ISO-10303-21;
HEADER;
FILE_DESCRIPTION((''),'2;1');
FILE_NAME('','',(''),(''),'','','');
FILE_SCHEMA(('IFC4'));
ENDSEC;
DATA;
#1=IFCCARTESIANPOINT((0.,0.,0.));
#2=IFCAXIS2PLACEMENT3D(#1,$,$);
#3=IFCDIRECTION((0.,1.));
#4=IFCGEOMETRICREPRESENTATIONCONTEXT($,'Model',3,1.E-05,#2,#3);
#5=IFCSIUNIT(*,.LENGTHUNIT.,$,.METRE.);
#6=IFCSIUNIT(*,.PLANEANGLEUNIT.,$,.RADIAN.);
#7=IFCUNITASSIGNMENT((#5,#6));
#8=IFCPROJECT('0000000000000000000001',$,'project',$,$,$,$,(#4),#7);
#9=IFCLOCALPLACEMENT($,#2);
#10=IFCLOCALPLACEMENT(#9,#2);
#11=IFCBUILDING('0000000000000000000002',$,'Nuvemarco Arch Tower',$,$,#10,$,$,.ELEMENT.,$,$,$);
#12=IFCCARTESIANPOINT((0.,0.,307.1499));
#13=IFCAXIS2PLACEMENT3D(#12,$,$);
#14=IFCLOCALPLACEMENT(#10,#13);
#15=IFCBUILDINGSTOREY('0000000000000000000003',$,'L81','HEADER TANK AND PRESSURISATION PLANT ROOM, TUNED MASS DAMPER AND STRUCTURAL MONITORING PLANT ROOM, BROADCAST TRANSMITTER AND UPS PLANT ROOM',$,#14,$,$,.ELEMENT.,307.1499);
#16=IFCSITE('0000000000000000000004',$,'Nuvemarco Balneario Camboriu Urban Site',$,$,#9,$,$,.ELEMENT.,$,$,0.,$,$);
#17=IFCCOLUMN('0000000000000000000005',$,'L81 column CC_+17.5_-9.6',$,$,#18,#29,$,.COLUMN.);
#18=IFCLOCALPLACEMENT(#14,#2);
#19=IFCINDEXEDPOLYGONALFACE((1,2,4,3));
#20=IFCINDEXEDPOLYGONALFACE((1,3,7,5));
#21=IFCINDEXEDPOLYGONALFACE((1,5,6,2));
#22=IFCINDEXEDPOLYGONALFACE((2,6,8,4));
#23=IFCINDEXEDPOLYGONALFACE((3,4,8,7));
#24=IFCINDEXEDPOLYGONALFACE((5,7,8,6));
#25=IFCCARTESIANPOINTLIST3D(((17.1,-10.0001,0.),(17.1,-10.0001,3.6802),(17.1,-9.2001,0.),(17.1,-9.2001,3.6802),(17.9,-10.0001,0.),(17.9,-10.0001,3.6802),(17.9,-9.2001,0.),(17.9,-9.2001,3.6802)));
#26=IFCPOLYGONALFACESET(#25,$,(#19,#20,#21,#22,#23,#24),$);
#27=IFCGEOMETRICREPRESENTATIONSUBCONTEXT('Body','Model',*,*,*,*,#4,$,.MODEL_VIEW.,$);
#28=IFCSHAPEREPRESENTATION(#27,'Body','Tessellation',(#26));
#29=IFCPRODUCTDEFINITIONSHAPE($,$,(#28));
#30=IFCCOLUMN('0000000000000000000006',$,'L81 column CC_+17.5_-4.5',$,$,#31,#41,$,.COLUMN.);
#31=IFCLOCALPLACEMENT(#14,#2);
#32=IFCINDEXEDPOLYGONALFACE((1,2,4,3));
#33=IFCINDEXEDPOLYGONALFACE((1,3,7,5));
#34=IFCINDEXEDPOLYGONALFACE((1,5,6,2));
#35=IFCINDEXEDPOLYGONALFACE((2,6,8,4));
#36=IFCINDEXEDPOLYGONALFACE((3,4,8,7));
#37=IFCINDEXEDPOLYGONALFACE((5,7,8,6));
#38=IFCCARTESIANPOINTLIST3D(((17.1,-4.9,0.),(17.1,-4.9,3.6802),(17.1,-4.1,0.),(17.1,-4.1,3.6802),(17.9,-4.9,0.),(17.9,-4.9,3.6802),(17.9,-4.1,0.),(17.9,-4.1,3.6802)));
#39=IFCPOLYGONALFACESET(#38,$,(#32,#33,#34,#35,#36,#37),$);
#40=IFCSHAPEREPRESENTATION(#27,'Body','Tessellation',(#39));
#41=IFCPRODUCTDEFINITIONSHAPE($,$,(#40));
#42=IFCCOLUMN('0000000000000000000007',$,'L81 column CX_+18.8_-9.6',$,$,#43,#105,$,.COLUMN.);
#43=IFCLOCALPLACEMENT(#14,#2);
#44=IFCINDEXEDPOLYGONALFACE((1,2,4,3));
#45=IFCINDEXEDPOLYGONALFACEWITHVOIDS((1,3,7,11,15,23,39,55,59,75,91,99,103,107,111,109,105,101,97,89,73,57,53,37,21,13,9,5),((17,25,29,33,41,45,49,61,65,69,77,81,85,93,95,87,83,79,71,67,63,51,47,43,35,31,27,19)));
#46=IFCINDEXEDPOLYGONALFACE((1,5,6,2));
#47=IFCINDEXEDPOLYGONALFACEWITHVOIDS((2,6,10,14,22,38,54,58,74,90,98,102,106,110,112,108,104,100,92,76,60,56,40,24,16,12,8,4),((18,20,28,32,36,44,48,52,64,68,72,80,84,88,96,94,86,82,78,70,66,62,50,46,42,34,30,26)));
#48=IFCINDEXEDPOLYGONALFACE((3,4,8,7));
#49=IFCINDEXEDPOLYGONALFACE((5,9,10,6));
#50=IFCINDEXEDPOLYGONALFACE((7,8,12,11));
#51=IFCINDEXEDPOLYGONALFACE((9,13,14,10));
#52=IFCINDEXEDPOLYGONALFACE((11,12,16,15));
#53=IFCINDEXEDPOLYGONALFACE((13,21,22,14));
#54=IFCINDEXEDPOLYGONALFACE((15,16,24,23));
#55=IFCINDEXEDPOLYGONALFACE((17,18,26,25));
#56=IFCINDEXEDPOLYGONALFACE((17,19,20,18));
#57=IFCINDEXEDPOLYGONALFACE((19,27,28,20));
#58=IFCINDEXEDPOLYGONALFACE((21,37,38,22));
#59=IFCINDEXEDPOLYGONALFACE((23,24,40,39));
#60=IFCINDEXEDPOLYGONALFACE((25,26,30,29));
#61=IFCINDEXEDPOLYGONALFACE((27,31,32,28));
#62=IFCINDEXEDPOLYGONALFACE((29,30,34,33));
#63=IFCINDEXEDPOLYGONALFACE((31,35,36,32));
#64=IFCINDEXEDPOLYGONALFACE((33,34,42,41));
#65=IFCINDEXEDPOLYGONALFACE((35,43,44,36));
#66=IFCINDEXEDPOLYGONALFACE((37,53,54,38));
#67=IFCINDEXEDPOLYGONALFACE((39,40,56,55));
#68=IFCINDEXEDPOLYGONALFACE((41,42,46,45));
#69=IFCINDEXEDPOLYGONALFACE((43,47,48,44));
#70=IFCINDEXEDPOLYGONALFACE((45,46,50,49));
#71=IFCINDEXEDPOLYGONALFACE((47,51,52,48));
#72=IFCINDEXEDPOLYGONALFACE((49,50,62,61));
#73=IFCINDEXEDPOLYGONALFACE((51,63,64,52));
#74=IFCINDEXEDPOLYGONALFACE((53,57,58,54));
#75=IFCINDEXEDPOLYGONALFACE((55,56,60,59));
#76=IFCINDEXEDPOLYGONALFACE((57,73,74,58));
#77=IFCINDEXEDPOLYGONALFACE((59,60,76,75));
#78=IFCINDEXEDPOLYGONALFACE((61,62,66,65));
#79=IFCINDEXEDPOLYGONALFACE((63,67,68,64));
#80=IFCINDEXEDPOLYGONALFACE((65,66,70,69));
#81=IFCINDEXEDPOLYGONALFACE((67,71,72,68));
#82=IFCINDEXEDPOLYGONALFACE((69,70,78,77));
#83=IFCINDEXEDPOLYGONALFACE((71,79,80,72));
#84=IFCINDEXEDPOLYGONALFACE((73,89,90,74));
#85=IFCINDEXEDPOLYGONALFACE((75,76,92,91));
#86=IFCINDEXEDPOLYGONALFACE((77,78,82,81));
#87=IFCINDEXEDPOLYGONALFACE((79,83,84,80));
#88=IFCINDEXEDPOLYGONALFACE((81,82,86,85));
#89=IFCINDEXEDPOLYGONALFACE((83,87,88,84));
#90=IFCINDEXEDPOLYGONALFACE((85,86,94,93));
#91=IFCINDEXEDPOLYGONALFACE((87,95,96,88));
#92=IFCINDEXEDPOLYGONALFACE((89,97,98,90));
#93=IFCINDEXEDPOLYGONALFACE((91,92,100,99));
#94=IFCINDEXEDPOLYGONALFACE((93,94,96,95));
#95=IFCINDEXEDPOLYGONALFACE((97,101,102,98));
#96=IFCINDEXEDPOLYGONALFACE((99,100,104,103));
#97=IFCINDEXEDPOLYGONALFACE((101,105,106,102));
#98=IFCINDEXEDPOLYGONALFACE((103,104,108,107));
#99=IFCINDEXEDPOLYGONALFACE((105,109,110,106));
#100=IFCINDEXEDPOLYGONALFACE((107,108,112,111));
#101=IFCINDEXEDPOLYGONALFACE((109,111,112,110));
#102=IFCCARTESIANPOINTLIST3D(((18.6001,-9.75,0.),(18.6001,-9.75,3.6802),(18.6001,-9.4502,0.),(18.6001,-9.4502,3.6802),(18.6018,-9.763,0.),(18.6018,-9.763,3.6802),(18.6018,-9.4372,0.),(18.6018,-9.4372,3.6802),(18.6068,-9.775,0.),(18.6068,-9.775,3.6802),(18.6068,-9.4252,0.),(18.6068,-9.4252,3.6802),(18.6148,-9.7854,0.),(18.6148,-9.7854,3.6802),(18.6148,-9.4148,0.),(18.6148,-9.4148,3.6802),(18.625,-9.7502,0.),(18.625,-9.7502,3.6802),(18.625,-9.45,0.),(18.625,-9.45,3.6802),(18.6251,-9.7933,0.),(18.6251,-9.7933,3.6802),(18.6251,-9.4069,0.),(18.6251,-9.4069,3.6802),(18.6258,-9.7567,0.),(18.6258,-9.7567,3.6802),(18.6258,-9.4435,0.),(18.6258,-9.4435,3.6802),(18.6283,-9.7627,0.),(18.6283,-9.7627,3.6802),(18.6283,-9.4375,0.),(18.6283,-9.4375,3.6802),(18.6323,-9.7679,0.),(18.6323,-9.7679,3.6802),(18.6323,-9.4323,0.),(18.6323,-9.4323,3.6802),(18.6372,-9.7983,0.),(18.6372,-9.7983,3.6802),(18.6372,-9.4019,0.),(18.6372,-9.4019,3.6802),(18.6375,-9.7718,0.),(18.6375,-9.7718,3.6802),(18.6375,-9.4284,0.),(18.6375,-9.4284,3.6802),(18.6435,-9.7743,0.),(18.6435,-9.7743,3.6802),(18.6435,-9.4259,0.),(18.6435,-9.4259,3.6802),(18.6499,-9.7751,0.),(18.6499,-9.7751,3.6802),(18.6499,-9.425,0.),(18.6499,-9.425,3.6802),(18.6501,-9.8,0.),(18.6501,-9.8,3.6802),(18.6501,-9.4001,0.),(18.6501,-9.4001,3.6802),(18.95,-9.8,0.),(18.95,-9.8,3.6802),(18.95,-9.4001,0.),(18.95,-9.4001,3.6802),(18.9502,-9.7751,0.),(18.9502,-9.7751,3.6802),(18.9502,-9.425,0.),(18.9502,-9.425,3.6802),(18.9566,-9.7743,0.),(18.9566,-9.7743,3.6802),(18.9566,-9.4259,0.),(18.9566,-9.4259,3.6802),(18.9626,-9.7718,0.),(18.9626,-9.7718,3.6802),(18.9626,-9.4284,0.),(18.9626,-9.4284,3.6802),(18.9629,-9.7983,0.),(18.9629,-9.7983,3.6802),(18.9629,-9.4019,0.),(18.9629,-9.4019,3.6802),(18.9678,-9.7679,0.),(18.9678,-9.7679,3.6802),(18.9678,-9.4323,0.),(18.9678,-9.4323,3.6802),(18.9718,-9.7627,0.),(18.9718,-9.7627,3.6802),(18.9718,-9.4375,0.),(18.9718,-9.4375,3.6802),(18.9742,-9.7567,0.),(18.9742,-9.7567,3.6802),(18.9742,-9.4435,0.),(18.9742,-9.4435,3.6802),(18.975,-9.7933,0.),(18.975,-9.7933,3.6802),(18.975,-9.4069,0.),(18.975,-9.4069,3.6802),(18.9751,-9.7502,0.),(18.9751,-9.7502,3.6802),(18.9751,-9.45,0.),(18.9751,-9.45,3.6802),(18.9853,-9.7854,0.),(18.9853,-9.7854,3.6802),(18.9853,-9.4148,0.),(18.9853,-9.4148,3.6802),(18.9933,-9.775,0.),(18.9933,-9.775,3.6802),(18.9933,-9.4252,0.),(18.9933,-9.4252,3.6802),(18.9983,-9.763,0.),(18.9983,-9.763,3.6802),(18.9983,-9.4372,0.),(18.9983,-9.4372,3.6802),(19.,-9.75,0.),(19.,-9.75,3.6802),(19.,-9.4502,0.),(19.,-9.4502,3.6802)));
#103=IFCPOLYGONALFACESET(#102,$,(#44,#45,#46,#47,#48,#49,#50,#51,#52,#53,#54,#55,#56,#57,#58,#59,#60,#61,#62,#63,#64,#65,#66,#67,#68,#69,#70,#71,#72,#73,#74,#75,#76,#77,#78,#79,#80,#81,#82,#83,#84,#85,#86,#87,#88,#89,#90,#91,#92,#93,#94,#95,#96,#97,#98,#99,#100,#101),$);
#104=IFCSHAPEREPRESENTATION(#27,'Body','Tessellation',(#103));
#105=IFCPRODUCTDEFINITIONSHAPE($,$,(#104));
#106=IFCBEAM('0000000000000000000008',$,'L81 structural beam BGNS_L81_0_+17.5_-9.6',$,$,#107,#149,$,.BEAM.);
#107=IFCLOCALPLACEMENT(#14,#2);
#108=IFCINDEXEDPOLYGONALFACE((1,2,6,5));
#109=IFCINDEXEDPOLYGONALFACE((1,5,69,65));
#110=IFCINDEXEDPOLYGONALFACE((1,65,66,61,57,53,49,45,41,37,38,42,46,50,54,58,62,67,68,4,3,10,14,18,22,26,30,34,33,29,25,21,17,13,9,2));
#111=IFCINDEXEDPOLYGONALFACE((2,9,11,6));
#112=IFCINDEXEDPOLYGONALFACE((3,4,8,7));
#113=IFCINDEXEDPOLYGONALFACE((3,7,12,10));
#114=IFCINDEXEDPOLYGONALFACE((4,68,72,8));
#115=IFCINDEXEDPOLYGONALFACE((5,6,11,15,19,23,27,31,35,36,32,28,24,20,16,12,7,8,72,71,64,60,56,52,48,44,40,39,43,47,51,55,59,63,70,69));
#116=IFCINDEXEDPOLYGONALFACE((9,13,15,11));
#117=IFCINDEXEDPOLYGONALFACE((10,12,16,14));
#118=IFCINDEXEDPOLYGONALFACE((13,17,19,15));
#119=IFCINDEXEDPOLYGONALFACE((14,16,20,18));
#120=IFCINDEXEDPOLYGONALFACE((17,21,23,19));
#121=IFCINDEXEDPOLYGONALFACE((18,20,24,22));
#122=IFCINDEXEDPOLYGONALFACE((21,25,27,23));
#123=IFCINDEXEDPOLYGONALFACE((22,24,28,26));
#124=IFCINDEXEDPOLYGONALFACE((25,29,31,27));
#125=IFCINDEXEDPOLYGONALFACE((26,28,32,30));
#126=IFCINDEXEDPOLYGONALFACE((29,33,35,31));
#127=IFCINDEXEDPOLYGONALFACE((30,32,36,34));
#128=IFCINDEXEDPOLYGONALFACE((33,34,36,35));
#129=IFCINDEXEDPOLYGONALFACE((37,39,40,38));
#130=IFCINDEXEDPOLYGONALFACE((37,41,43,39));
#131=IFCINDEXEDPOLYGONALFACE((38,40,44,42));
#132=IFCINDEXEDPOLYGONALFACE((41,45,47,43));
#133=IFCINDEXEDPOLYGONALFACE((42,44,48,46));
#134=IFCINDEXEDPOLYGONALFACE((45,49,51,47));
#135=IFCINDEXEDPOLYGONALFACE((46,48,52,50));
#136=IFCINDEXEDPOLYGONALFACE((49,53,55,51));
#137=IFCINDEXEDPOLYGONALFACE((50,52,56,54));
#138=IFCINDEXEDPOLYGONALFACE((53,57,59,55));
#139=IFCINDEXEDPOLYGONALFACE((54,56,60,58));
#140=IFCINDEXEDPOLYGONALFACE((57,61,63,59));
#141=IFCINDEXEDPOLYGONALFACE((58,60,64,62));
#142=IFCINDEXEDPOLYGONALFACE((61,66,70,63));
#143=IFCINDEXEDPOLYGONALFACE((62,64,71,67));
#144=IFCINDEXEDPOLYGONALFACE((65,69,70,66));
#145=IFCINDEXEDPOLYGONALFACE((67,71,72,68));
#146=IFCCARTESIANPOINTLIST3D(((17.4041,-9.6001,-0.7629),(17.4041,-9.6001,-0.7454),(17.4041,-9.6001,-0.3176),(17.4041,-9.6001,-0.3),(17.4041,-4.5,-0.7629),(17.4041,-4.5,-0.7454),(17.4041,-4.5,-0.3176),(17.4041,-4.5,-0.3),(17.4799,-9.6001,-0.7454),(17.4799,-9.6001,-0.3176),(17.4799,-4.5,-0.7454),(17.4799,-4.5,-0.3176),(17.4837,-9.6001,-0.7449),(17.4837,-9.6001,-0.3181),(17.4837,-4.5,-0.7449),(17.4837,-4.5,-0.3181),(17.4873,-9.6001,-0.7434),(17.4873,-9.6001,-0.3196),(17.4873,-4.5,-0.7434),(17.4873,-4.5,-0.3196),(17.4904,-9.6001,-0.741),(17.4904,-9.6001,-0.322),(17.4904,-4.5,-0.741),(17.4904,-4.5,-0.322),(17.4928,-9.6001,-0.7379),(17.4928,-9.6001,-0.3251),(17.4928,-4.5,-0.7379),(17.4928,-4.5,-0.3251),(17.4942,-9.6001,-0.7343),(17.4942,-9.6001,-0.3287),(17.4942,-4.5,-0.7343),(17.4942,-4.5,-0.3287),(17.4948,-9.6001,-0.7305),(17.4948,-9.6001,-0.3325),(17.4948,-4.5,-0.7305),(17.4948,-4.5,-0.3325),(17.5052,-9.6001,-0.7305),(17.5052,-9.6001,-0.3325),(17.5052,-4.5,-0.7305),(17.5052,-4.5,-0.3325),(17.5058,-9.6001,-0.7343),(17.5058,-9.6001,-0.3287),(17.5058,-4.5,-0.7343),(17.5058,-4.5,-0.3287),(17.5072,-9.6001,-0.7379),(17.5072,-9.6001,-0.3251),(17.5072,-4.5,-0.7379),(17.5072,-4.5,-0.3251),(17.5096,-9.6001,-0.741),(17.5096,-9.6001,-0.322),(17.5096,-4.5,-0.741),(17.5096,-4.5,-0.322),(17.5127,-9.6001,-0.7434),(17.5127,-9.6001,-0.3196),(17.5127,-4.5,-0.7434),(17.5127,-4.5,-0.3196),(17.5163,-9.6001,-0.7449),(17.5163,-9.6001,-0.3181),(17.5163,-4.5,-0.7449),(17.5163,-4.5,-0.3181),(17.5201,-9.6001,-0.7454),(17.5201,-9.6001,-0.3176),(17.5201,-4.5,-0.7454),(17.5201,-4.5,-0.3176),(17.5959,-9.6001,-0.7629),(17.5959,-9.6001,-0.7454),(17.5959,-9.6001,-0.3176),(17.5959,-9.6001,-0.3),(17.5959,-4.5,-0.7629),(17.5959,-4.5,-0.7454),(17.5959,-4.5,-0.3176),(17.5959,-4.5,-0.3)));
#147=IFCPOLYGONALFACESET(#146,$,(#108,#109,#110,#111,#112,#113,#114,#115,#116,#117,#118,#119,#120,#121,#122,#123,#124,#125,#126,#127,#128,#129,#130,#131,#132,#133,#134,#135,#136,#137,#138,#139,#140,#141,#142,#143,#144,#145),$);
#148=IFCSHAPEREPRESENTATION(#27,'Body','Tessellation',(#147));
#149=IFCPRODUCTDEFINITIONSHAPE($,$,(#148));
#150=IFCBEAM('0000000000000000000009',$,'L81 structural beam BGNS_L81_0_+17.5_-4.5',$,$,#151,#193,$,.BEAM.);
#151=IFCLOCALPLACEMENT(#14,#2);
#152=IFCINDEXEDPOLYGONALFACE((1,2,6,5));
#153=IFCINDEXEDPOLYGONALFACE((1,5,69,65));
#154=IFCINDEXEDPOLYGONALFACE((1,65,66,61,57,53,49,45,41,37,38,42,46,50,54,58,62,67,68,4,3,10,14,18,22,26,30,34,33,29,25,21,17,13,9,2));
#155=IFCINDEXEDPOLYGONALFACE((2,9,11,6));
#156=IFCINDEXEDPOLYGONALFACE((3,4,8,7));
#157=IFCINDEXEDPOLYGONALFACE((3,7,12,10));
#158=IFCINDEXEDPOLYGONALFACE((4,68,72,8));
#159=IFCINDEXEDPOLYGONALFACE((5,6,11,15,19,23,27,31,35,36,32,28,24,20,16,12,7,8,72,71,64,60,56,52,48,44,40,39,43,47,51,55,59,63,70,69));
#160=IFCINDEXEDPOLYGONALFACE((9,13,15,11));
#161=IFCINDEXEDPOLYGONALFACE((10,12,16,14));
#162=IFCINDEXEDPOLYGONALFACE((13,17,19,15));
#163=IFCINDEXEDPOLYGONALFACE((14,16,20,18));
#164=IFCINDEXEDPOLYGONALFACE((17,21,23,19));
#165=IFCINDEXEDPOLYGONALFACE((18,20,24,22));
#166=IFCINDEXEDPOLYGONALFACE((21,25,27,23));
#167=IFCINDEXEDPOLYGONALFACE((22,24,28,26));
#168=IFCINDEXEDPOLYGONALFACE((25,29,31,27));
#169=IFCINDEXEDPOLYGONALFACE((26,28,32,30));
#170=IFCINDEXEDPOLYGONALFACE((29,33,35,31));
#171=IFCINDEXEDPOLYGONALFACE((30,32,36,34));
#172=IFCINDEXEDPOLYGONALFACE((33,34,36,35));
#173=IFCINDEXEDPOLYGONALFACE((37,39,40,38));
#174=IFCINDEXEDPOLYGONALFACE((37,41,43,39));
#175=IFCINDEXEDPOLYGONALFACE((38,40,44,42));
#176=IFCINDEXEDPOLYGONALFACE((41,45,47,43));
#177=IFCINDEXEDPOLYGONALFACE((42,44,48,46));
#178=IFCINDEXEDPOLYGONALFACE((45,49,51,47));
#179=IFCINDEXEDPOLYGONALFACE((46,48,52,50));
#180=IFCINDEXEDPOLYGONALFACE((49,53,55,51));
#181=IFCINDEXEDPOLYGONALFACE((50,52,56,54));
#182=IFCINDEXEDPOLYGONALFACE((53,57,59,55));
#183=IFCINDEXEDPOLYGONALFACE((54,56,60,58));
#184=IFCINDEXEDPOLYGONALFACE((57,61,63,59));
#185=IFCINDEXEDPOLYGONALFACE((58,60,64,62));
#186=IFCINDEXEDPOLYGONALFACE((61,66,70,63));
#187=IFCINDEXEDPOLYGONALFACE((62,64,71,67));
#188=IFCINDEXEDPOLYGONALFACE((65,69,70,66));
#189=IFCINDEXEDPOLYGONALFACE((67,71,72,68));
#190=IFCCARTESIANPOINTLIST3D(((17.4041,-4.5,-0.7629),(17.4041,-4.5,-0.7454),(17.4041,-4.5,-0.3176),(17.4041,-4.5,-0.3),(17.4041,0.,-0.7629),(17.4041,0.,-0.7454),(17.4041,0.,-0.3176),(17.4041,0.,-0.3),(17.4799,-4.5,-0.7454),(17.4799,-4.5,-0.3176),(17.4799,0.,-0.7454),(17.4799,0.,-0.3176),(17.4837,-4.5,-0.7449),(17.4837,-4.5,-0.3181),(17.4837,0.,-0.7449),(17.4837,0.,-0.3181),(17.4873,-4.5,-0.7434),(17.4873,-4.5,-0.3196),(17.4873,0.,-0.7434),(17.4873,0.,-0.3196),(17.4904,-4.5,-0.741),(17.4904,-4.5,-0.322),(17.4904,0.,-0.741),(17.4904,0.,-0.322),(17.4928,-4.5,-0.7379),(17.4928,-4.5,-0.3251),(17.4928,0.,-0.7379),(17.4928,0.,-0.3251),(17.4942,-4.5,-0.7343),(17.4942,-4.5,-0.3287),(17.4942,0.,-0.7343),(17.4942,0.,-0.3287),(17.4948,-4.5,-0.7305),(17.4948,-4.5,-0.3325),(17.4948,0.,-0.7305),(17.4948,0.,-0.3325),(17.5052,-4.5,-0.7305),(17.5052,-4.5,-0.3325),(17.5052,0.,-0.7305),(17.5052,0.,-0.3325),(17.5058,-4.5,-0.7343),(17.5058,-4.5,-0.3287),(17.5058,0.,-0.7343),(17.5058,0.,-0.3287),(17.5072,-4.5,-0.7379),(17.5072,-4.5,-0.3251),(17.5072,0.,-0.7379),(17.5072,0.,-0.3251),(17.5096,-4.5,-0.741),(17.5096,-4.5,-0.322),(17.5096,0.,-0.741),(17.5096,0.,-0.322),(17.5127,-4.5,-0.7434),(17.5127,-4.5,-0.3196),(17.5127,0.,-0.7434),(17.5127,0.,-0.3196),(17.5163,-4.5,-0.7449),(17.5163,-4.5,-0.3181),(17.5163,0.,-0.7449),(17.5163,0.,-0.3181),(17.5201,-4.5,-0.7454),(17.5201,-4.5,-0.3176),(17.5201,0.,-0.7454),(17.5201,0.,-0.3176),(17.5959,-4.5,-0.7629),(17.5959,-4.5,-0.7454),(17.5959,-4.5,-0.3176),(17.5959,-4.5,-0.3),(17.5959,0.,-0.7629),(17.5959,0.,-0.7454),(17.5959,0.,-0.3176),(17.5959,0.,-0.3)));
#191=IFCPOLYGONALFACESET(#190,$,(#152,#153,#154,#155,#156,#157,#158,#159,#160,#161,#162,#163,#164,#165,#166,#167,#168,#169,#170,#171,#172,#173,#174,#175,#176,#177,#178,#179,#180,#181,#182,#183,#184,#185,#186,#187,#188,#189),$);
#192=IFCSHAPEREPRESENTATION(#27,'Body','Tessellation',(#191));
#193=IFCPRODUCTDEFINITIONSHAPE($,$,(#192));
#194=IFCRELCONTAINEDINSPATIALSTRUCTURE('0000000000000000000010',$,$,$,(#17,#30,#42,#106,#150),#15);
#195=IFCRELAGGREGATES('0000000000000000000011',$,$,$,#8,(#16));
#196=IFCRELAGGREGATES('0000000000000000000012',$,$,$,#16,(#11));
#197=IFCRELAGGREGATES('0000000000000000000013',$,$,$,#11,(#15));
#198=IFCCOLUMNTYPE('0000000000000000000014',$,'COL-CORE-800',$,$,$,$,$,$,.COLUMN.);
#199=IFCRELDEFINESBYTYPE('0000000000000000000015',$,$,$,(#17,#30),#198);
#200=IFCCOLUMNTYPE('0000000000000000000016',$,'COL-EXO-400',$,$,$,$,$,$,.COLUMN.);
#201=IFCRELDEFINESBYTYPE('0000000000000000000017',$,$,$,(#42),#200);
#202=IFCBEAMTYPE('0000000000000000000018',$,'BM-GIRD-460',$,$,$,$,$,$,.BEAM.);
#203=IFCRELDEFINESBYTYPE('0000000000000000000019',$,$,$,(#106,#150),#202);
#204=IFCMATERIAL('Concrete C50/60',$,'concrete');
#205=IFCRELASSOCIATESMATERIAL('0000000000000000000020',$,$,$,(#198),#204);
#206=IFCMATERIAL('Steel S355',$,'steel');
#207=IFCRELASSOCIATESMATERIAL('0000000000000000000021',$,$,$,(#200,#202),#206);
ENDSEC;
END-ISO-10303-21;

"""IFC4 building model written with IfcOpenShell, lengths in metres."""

from ifc_helpers import new_model, si_unit, direction, frame, origin, origin_2d, place, context, subcontext, project, spatial, rectangle, hollow_rectangle, i_section, extrude, material, material_profile, profile_set, type_object, element, save


model = new_model("IFC4")

# Units and contexts
model_context = context("Model", 3, precision=1e-05, world=origin(), true_north=direction((0.0, 1.0)))
body_context = subcontext(model_context, "Body", "Model", "MODEL_VIEW")
ifc_project = project(units=[si_unit("LENGTHUNIT", "METRE"), si_unit("PLANEANGLEUNIT", "RADIAN")], contexts=[model_context])

# Site, building, storey
site_placement = place(None, origin())
site = spatial("IfcSite", under=ifc_project, at=site_placement, Name="Nuvemarco Balneario Camboriu Urban Site", CompositionType="ELEMENT", RefElevation=0.0)
building_placement = place(site_placement, origin())
building = spatial("IfcBuilding", under=site, at=building_placement, Name="Nuvemarco Arch Tower", CompositionType="ELEMENT")
storey_placement = place(building_placement, frame((0.0, 0.0, 307.1499)))
storey = spatial("IfcBuildingStorey", under=building, at=storey_placement, Name="L81", Description="HEADER TANK AND PRESSURISATION PLANT ROOM, TUNED MASS DAMPER AND STRUCTURAL MONITORING PLANT ROOM, BROADCAST TRANSMITTER AND UPS PLANT ROOM", CompositionType="ELEMENT", Elevation=307.1499)

# Columns
ifc_material_1 = material(Name="Concrete C50/60", Category="concrete")
ifc_material_profile_1 = material_profile(ifc_material_1, rectangle(XDim=0.8, YDim=0.8, at=origin_2d()), Name="RC-COL-800x800")
ifc_profile_set_1 = profile_set([ifc_material_profile_1], Name="Concrete C50/60")
column_type_1 = type_object("IfcColumnType", Name="COL-CORE-800", PredefinedType="COLUMN", material=ifc_profile_set_1)
for number, where, z_axis, x_axis, name in (
    (1, (17.5, -9.6001, 0.0), (0.0, 0.0, 1.0), (1.0, 0.0, 0.0), "L81 column CC_+17.5_-9.6"),
    (2, (17.5, -4.5, 0.0), (0.0, 0.0, 1.0), (1.0, 0.0, 0.0), "L81 column CC_+17.5_-4.5"),
):
    element("IfcColumn", number, at=place(storey_placement, frame(where, z_axis=z_axis, x_axis=x_axis)), inside=storey, type_object=column_type_1, Name=name, PredefinedType="COLUMN", context=body_context, shape_type="SweptSolid", body=[
        extrude(rectangle(XDim=0.8, YDim=0.8, at=origin_2d()), origin(), (0.0, 0.0, 1.0), 3.6802),
    ])
ifc_material_2 = material(Name="Steel S355", Category="steel")
ifc_material_profile_2 = material_profile(ifc_material_2, hollow_rectangle(XDim=0.3999, YDim=0.3999, WallThickness=0.0249, InnerFilletRadius=0.0249, OuterFilletRadius=0.05, at=origin_2d()), Name="SHS400x400x25")
ifc_profile_set_2 = profile_set([ifc_material_profile_2], Name="Steel S355")
column_type_2 = type_object("IfcColumnType", Name="COL-EXO-400", PredefinedType="COLUMN", material=ifc_profile_set_2)
column_placement = place(storey_placement, frame((18.8, -9.6001, 0.0), z_axis=(0.0, 0.0, 1.0), x_axis=(1.0, 0.0, 0.0)))
element("IfcColumn", 3, at=column_placement, inside=storey, type_object=column_type_2, Name="L81 column CX_+18.8_-9.6", PredefinedType="COLUMN", context=body_context, shape_type="SweptSolid", body=[
    extrude(hollow_rectangle(XDim=0.3999, YDim=0.3999, WallThickness=0.0249, InnerFilletRadius=0.0249, OuterFilletRadius=0.05, at=origin_2d()), origin(), (0.0, 0.0, 1.0), 3.6802),
])

# Beams
ifc_material_profile_3 = material_profile(ifc_material_2, i_section(OverallWidth=0.1919, OverallDepth=0.4629, WebThickness=0.0105, FlangeThickness=0.0176, FilletRadius=0.0149, at=origin_2d()), Name="W460x89")
ifc_profile_set_3 = profile_set([ifc_material_profile_3], Name="Steel S355")
beam_type_1 = type_object("IfcBeamType", Name="BM-GIRD-460", PredefinedType="BEAM", material=ifc_profile_set_3)
beam_1_placement = place(storey_placement, frame((17.5, -9.6001, -0.5315), z_axis=(0.0, 1.0, 0.0), x_axis=(-1.0, 0.0, 0.0)))
element("IfcBeam", 4, at=beam_1_placement, inside=storey, type_object=beam_type_1, Name="L81 structural beam BGNS_L81_0_+17.5_-9.6", PredefinedType="BEAM", context=body_context, shape_type="SweptSolid", body=[
    extrude(i_section(OverallWidth=0.1919, OverallDepth=0.4629, WebThickness=0.0105, FlangeThickness=0.0176, FilletRadius=0.0149, at=origin_2d()), origin(), (0.0, 0.0, 1.0), 5.1001),
])
beam_2_placement = place(storey_placement, frame((17.5, -4.5, -0.5315), z_axis=(0.0, 1.0, 0.0), x_axis=(-1.0, 0.0, 0.0)))
element("IfcBeam", 5, at=beam_2_placement, inside=storey, type_object=beam_type_1, Name="L81 structural beam BGNS_L81_0_+17.5_-4.5", PredefinedType="BEAM", context=body_context, shape_type="SweptSolid", body=[
    extrude(i_section(OverallWidth=0.1919, OverallDepth=0.4629, WebThickness=0.0105, FlangeThickness=0.0176, FilletRadius=0.0149, at=origin_2d()), origin(), (0.0, 0.0, 1.0), 4.5),
])

save(model, "model.ifc")
